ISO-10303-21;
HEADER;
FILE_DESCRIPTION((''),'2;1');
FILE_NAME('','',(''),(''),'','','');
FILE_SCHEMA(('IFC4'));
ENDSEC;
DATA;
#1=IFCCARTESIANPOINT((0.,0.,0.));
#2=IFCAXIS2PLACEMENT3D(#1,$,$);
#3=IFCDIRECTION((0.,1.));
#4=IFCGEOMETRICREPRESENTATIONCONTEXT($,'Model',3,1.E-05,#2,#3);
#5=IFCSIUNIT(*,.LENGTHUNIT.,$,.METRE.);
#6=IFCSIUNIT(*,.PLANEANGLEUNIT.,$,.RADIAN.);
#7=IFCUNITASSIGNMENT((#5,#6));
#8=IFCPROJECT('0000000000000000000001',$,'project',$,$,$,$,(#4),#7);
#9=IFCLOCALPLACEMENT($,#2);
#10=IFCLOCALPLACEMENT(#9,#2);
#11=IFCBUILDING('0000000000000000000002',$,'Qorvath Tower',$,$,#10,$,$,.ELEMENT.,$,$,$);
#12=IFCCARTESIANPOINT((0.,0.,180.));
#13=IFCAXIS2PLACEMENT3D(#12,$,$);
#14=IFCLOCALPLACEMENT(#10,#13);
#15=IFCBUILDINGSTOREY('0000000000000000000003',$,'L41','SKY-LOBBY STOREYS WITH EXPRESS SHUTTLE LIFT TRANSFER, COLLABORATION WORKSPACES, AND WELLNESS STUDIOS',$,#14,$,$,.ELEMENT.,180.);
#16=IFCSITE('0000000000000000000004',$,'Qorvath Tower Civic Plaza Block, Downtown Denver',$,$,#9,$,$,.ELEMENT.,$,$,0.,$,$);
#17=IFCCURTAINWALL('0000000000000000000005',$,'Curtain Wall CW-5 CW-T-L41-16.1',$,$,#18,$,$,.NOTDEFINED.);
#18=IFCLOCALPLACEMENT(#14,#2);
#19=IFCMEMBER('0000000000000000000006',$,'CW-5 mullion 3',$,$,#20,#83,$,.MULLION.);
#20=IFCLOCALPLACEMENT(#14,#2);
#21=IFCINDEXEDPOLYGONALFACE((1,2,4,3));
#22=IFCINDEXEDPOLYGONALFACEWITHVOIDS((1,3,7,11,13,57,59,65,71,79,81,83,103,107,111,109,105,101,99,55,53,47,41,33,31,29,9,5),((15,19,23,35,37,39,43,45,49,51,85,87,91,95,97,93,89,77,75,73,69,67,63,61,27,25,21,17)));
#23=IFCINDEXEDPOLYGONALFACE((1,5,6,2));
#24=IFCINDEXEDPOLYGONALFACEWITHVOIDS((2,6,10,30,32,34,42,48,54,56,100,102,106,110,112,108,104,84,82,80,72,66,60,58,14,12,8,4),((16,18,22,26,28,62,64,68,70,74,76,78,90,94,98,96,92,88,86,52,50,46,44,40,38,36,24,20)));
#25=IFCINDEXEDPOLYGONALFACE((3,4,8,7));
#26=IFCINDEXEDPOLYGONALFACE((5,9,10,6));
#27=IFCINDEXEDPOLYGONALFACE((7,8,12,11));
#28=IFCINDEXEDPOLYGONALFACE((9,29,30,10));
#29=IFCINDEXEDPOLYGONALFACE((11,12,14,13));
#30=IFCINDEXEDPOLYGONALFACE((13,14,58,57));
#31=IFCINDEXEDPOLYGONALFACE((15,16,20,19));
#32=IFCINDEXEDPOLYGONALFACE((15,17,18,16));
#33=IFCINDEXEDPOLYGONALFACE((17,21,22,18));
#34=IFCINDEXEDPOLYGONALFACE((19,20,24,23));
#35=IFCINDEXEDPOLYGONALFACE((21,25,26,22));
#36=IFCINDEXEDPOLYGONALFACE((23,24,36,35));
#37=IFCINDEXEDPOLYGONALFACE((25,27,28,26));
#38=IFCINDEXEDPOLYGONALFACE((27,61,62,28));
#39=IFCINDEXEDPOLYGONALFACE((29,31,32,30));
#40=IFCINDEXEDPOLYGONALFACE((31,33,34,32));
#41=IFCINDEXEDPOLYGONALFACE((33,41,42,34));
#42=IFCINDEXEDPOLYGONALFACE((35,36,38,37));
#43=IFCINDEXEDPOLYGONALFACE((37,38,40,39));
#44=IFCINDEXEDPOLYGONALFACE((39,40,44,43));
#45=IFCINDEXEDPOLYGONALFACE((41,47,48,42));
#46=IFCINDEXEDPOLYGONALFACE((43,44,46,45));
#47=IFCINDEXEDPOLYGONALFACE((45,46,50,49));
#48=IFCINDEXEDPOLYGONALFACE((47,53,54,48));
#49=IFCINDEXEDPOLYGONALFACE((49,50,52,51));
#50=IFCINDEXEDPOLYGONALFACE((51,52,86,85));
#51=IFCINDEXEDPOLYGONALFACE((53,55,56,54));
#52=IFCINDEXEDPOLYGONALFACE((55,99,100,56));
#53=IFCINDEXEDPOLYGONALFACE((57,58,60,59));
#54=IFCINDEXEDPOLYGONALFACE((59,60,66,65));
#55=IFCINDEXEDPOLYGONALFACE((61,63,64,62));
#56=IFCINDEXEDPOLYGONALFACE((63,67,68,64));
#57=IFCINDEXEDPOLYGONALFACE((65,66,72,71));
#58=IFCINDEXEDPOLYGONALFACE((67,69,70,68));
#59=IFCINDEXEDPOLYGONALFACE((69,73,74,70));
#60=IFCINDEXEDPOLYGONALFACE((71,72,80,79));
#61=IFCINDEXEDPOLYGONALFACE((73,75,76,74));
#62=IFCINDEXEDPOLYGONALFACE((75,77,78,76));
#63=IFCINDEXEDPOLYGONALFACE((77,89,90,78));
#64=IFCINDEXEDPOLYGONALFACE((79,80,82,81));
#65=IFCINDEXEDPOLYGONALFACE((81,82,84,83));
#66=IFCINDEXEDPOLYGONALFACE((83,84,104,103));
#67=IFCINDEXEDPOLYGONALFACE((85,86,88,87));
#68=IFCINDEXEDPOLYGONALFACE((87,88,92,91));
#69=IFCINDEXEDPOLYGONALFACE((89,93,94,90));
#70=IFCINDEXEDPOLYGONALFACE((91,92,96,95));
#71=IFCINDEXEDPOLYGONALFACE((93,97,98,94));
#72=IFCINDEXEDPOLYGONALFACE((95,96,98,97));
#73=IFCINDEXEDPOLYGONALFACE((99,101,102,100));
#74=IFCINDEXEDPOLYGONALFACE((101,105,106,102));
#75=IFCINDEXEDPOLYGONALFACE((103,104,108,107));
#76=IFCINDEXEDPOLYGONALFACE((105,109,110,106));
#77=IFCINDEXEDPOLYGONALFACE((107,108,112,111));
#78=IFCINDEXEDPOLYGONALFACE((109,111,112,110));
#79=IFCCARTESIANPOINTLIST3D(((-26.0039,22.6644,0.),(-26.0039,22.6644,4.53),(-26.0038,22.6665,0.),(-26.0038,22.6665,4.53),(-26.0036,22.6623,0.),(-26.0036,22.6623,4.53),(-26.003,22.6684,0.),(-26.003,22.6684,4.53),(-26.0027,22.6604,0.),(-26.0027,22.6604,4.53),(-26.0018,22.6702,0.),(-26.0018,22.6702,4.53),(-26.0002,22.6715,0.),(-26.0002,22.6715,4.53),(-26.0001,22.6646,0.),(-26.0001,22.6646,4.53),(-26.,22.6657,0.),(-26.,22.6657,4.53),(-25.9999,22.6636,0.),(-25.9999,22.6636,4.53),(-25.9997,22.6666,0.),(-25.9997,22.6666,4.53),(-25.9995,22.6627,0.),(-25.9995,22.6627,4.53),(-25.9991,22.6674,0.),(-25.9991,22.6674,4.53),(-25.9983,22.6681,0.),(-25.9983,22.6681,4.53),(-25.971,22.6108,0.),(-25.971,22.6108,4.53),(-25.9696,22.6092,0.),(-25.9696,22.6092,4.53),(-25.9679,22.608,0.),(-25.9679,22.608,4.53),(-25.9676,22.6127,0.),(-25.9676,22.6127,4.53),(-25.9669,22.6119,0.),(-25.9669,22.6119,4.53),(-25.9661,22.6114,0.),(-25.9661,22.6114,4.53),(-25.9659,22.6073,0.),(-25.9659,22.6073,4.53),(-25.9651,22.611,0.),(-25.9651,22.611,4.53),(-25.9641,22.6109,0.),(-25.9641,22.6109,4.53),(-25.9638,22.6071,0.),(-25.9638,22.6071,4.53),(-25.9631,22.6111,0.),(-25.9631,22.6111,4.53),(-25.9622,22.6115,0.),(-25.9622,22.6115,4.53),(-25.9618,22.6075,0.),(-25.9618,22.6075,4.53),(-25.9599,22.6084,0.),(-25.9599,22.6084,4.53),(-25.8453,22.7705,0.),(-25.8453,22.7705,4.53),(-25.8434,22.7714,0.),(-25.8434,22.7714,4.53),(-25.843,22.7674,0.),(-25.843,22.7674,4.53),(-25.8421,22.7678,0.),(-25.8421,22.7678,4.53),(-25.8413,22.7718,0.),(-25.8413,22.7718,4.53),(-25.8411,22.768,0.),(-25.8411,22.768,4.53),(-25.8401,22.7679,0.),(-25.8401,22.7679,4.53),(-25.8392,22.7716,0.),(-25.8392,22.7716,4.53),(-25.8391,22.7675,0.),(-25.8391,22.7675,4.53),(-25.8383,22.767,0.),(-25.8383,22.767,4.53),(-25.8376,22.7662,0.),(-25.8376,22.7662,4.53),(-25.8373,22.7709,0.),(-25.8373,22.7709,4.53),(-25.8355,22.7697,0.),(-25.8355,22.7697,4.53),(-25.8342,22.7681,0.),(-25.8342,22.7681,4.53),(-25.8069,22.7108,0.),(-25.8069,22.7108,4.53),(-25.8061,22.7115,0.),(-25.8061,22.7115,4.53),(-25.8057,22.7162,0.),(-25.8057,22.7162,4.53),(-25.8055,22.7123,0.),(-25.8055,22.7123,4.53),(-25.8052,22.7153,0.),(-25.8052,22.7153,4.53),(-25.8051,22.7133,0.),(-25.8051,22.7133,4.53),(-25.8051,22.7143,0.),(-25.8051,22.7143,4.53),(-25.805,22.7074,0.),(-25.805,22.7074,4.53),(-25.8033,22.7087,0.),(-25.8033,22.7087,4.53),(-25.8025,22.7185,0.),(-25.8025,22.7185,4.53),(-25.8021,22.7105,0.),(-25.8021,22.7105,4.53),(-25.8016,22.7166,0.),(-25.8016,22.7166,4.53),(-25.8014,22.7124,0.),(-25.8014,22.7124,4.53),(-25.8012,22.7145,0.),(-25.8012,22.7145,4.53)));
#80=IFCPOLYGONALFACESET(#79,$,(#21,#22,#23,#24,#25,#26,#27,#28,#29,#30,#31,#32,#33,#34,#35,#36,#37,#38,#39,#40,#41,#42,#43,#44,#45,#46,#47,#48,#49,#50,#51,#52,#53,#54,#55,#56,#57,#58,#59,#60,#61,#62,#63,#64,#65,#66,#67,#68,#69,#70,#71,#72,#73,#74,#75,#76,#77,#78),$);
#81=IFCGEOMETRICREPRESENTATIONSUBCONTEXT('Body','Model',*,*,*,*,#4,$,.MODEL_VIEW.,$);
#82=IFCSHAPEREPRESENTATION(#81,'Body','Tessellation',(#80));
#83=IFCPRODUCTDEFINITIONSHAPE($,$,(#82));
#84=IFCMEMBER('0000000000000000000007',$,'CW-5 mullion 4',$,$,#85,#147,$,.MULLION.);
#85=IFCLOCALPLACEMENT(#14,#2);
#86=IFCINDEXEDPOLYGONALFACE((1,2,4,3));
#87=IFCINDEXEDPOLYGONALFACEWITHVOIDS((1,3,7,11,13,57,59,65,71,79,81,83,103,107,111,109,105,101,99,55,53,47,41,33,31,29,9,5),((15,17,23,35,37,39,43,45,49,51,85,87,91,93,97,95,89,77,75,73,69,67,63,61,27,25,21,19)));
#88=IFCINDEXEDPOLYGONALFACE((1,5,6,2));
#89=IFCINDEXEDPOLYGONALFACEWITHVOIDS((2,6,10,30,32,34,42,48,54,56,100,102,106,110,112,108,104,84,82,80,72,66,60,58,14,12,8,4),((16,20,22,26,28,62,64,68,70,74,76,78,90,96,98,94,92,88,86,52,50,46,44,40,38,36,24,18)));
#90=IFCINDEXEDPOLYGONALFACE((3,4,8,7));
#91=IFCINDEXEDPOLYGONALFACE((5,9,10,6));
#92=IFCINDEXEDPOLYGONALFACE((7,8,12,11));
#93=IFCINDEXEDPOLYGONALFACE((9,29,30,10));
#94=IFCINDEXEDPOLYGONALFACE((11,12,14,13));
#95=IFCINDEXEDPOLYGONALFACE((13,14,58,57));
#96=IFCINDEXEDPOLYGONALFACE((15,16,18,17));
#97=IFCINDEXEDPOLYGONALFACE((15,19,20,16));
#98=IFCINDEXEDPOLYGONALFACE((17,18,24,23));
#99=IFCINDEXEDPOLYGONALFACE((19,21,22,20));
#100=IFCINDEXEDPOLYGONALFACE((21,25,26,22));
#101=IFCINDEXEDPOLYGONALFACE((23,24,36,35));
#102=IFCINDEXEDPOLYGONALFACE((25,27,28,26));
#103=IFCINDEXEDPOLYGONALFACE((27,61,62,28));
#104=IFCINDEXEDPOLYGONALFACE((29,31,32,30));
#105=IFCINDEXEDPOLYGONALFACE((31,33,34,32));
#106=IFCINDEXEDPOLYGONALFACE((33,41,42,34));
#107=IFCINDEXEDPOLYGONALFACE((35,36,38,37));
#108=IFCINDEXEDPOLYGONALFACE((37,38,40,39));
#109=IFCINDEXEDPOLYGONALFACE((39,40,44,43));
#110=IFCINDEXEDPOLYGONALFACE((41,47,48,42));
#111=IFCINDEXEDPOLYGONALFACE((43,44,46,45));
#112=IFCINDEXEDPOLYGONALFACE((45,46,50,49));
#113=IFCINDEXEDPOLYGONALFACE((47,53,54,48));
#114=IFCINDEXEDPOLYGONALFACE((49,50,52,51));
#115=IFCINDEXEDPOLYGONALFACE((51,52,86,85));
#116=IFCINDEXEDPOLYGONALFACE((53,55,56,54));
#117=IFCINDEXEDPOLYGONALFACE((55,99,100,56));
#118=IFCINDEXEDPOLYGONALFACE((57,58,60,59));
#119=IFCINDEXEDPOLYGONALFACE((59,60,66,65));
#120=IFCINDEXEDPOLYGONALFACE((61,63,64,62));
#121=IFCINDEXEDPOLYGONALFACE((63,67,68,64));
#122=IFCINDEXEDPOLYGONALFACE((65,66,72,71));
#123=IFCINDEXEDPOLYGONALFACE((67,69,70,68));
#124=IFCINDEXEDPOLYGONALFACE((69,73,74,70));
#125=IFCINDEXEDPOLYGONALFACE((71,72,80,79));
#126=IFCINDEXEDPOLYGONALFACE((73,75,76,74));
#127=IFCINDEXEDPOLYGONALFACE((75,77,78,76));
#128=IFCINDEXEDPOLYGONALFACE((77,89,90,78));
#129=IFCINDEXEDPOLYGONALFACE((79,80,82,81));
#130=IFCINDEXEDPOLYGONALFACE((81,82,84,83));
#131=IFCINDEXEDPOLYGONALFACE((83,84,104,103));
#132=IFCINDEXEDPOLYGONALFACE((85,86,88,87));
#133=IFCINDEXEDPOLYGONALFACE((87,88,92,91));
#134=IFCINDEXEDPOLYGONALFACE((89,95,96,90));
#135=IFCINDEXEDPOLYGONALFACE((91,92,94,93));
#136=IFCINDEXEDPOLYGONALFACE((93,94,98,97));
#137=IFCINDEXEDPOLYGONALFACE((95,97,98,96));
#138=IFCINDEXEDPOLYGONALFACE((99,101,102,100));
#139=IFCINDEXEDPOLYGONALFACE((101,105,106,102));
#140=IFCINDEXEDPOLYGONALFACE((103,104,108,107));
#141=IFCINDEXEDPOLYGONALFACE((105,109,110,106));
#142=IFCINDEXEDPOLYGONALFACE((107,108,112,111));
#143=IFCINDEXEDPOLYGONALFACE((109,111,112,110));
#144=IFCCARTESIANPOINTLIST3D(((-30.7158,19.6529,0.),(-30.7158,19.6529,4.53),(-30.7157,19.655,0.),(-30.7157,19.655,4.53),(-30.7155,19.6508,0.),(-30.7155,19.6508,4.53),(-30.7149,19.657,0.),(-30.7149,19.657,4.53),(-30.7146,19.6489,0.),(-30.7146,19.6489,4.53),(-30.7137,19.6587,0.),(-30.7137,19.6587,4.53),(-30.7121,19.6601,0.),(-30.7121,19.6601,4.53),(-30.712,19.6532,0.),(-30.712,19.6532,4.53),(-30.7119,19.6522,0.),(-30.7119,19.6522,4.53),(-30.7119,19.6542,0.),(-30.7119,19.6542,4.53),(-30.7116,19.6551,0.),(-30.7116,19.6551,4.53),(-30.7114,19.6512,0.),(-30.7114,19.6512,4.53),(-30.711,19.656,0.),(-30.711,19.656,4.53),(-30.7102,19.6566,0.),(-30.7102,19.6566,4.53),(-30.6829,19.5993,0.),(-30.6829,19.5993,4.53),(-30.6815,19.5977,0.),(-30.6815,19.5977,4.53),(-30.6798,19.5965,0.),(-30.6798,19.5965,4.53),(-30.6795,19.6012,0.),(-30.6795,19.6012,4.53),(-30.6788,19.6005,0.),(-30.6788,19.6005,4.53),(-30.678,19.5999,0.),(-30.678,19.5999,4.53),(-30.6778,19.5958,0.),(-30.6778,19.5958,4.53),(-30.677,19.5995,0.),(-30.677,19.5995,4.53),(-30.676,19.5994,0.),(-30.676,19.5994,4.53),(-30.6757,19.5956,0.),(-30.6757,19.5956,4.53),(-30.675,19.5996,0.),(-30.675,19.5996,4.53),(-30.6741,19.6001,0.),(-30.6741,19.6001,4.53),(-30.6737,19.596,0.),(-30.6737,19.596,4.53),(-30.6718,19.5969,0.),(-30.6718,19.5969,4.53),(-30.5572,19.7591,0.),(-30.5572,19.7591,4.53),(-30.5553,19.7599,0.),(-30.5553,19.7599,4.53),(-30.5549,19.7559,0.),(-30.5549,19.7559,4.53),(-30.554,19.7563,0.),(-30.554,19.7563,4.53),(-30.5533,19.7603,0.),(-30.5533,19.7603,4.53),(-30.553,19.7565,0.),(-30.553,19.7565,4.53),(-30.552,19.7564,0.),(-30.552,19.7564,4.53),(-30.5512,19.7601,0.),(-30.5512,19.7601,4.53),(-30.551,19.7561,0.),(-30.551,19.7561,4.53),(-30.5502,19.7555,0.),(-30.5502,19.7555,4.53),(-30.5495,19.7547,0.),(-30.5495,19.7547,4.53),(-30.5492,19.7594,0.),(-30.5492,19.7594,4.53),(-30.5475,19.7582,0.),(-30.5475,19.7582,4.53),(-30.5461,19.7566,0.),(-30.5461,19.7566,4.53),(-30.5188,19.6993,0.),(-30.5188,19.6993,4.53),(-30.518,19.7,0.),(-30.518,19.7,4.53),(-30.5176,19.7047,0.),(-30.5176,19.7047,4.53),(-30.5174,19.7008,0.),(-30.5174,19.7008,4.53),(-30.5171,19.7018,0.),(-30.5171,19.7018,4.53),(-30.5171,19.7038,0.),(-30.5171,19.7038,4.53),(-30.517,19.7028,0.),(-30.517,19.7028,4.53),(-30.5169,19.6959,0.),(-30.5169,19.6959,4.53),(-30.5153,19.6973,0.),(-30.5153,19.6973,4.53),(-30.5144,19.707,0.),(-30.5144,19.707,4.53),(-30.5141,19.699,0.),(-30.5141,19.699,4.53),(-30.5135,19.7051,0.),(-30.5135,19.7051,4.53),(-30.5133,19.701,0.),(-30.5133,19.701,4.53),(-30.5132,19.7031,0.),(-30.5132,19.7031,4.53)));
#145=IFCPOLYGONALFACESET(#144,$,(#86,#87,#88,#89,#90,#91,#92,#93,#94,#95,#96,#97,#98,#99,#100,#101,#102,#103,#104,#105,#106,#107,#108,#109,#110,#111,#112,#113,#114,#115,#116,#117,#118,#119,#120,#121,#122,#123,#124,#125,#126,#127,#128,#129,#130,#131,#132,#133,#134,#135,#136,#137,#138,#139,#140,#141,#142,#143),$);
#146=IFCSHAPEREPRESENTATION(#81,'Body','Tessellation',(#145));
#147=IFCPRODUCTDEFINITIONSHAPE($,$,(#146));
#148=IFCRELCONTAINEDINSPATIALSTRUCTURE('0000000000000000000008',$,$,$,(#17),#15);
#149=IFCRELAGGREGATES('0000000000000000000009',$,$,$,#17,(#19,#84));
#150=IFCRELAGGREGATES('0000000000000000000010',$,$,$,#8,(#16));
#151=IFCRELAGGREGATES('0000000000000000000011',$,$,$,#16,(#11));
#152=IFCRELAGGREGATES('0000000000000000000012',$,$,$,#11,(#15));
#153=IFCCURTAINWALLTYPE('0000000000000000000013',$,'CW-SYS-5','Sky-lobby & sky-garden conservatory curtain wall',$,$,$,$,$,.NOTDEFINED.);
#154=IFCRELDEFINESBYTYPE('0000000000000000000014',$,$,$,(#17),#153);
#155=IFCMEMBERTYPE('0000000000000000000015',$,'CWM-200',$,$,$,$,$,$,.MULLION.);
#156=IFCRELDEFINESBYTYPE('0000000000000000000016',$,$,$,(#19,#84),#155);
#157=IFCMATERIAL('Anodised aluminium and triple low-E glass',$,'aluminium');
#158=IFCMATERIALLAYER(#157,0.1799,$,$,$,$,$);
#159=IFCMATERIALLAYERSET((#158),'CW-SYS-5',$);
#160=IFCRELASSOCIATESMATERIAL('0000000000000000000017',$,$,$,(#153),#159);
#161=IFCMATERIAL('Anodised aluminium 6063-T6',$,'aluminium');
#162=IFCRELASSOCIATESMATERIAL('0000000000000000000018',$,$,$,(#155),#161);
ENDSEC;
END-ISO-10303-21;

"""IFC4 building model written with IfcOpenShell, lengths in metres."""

from ifc_helpers import new_model, si_unit, direction, frame, origin, origin_2d, place, context, subcontext, project, spatial, hollow_rectangle, extrude, material, layer, layer_set, material_profile, profile_set, type_object, element, aggregate, save


model = new_model("IFC4")

# Units and contexts
model_context = context("Model", 3, precision=1e-05, world=origin(), true_north=direction((0.0, 1.0)))
body_context = subcontext(model_context, "Body", "Model", "MODEL_VIEW")
ifc_project = project(units=[si_unit("LENGTHUNIT", "METRE"), si_unit("PLANEANGLEUNIT", "RADIAN")], contexts=[model_context])

# Site, building, storey
site_placement = place(None, origin())
site = spatial("IfcSite", under=ifc_project, at=site_placement, Name="Qorvath Tower Civic Plaza Block, Downtown Denver", CompositionType="ELEMENT", RefElevation=0.0)
building_placement = place(site_placement, origin())
building = spatial("IfcBuilding", under=site, at=building_placement, Name="Qorvath Tower", CompositionType="ELEMENT")
storey_placement = place(building_placement, frame((0.0, 0.0, 180.0)))
storey = spatial("IfcBuildingStorey", under=building, at=storey_placement, Name="L41", Description="SKY-LOBBY STOREYS WITH EXPRESS SHUTTLE LIFT TRANSFER, COLLABORATION WORKSPACES, AND WELLNESS STUDIOS", CompositionType="ELEMENT", Elevation=180.0)

# Curtain wall, members
ifc_material_1 = material(Name="Anodised aluminium and triple low-E glass", Category="aluminium")
ifc_layer_1 = layer(ifc_material_1, 0.1799)
ifc_layer_set_1 = layer_set([ifc_layer_1], Name="CW-SYS-5")
curtain_wall_type = type_object("IfcCurtainWallType", Name="CW-SYS-5", Description="Sky-lobby & sky-garden conservatory curtain wall", PredefinedType="NOTDEFINED", material=ifc_layer_set_1)
curtain_wall_placement = place(storey_placement, origin())
curtain_wall = element("IfcCurtainWall", 1, at=curtain_wall_placement, inside=storey, type_object=curtain_wall_type, Name="Curtain Wall CW-5 CW-T-L41-16.1", PredefinedType="NOTDEFINED")
ifc_material_2 = material(Name="Anodised aluminium 6063-T6", Category="aluminium")
ifc_material_profile_1 = material_profile(ifc_material_2, hollow_rectangle(XDim=0.075, YDim=0.2, WallThickness=0.0039, InnerFilletRadius=0.0039, OuterFilletRadius=0.0081, at=origin_2d()), Name="CWM 200x75")
ifc_profile_set_1 = profile_set([ifc_material_profile_1], Name="Anodised aluminium 6063-T6")
member_type_1 = type_object("IfcMemberType", Name="CWM-200", PredefinedType="MULLION", material=ifc_profile_set_1)
member_1_placement = place(storey_placement, frame((-25.9026, 22.6895, 0.0), z_axis=(0.0, 0.0, 1.0), x_axis=(0.538544, -0.842597, 0.0)))
member_1 = element("IfcMember", 2, at=member_1_placement, type_object=member_type_1, Name="CW-5 mullion 3", PredefinedType="MULLION", context=body_context, shape_type="SweptSolid", body=[
    extrude(hollow_rectangle(XDim=0.075, YDim=0.2, WallThickness=0.0039, InnerFilletRadius=0.0039, OuterFilletRadius=0.0081, at=origin_2d()), origin(), (0.0, 0.0, 1.0), 4.53),
])
member_2_placement = place(storey_placement, frame((-30.6145, 19.678, 0.0), z_axis=(0.0, 0.0, 1.0), x_axis=(0.538544, -0.842597, 0.0)))
member_2 = element("IfcMember", 3, at=member_2_placement, type_object=member_type_1, Name="CW-5 mullion 4", PredefinedType="MULLION", context=body_context, shape_type="SweptSolid", body=[
    extrude(hollow_rectangle(XDim=0.075, YDim=0.2, WallThickness=0.0039, InnerFilletRadius=0.0039, OuterFilletRadius=0.0081, at=origin_2d()), origin(), (0.0, 0.0, 1.0), 4.53),
])

aggregate(curtain_wall, [member_1, member_2])

save(model, "model.ifc")
